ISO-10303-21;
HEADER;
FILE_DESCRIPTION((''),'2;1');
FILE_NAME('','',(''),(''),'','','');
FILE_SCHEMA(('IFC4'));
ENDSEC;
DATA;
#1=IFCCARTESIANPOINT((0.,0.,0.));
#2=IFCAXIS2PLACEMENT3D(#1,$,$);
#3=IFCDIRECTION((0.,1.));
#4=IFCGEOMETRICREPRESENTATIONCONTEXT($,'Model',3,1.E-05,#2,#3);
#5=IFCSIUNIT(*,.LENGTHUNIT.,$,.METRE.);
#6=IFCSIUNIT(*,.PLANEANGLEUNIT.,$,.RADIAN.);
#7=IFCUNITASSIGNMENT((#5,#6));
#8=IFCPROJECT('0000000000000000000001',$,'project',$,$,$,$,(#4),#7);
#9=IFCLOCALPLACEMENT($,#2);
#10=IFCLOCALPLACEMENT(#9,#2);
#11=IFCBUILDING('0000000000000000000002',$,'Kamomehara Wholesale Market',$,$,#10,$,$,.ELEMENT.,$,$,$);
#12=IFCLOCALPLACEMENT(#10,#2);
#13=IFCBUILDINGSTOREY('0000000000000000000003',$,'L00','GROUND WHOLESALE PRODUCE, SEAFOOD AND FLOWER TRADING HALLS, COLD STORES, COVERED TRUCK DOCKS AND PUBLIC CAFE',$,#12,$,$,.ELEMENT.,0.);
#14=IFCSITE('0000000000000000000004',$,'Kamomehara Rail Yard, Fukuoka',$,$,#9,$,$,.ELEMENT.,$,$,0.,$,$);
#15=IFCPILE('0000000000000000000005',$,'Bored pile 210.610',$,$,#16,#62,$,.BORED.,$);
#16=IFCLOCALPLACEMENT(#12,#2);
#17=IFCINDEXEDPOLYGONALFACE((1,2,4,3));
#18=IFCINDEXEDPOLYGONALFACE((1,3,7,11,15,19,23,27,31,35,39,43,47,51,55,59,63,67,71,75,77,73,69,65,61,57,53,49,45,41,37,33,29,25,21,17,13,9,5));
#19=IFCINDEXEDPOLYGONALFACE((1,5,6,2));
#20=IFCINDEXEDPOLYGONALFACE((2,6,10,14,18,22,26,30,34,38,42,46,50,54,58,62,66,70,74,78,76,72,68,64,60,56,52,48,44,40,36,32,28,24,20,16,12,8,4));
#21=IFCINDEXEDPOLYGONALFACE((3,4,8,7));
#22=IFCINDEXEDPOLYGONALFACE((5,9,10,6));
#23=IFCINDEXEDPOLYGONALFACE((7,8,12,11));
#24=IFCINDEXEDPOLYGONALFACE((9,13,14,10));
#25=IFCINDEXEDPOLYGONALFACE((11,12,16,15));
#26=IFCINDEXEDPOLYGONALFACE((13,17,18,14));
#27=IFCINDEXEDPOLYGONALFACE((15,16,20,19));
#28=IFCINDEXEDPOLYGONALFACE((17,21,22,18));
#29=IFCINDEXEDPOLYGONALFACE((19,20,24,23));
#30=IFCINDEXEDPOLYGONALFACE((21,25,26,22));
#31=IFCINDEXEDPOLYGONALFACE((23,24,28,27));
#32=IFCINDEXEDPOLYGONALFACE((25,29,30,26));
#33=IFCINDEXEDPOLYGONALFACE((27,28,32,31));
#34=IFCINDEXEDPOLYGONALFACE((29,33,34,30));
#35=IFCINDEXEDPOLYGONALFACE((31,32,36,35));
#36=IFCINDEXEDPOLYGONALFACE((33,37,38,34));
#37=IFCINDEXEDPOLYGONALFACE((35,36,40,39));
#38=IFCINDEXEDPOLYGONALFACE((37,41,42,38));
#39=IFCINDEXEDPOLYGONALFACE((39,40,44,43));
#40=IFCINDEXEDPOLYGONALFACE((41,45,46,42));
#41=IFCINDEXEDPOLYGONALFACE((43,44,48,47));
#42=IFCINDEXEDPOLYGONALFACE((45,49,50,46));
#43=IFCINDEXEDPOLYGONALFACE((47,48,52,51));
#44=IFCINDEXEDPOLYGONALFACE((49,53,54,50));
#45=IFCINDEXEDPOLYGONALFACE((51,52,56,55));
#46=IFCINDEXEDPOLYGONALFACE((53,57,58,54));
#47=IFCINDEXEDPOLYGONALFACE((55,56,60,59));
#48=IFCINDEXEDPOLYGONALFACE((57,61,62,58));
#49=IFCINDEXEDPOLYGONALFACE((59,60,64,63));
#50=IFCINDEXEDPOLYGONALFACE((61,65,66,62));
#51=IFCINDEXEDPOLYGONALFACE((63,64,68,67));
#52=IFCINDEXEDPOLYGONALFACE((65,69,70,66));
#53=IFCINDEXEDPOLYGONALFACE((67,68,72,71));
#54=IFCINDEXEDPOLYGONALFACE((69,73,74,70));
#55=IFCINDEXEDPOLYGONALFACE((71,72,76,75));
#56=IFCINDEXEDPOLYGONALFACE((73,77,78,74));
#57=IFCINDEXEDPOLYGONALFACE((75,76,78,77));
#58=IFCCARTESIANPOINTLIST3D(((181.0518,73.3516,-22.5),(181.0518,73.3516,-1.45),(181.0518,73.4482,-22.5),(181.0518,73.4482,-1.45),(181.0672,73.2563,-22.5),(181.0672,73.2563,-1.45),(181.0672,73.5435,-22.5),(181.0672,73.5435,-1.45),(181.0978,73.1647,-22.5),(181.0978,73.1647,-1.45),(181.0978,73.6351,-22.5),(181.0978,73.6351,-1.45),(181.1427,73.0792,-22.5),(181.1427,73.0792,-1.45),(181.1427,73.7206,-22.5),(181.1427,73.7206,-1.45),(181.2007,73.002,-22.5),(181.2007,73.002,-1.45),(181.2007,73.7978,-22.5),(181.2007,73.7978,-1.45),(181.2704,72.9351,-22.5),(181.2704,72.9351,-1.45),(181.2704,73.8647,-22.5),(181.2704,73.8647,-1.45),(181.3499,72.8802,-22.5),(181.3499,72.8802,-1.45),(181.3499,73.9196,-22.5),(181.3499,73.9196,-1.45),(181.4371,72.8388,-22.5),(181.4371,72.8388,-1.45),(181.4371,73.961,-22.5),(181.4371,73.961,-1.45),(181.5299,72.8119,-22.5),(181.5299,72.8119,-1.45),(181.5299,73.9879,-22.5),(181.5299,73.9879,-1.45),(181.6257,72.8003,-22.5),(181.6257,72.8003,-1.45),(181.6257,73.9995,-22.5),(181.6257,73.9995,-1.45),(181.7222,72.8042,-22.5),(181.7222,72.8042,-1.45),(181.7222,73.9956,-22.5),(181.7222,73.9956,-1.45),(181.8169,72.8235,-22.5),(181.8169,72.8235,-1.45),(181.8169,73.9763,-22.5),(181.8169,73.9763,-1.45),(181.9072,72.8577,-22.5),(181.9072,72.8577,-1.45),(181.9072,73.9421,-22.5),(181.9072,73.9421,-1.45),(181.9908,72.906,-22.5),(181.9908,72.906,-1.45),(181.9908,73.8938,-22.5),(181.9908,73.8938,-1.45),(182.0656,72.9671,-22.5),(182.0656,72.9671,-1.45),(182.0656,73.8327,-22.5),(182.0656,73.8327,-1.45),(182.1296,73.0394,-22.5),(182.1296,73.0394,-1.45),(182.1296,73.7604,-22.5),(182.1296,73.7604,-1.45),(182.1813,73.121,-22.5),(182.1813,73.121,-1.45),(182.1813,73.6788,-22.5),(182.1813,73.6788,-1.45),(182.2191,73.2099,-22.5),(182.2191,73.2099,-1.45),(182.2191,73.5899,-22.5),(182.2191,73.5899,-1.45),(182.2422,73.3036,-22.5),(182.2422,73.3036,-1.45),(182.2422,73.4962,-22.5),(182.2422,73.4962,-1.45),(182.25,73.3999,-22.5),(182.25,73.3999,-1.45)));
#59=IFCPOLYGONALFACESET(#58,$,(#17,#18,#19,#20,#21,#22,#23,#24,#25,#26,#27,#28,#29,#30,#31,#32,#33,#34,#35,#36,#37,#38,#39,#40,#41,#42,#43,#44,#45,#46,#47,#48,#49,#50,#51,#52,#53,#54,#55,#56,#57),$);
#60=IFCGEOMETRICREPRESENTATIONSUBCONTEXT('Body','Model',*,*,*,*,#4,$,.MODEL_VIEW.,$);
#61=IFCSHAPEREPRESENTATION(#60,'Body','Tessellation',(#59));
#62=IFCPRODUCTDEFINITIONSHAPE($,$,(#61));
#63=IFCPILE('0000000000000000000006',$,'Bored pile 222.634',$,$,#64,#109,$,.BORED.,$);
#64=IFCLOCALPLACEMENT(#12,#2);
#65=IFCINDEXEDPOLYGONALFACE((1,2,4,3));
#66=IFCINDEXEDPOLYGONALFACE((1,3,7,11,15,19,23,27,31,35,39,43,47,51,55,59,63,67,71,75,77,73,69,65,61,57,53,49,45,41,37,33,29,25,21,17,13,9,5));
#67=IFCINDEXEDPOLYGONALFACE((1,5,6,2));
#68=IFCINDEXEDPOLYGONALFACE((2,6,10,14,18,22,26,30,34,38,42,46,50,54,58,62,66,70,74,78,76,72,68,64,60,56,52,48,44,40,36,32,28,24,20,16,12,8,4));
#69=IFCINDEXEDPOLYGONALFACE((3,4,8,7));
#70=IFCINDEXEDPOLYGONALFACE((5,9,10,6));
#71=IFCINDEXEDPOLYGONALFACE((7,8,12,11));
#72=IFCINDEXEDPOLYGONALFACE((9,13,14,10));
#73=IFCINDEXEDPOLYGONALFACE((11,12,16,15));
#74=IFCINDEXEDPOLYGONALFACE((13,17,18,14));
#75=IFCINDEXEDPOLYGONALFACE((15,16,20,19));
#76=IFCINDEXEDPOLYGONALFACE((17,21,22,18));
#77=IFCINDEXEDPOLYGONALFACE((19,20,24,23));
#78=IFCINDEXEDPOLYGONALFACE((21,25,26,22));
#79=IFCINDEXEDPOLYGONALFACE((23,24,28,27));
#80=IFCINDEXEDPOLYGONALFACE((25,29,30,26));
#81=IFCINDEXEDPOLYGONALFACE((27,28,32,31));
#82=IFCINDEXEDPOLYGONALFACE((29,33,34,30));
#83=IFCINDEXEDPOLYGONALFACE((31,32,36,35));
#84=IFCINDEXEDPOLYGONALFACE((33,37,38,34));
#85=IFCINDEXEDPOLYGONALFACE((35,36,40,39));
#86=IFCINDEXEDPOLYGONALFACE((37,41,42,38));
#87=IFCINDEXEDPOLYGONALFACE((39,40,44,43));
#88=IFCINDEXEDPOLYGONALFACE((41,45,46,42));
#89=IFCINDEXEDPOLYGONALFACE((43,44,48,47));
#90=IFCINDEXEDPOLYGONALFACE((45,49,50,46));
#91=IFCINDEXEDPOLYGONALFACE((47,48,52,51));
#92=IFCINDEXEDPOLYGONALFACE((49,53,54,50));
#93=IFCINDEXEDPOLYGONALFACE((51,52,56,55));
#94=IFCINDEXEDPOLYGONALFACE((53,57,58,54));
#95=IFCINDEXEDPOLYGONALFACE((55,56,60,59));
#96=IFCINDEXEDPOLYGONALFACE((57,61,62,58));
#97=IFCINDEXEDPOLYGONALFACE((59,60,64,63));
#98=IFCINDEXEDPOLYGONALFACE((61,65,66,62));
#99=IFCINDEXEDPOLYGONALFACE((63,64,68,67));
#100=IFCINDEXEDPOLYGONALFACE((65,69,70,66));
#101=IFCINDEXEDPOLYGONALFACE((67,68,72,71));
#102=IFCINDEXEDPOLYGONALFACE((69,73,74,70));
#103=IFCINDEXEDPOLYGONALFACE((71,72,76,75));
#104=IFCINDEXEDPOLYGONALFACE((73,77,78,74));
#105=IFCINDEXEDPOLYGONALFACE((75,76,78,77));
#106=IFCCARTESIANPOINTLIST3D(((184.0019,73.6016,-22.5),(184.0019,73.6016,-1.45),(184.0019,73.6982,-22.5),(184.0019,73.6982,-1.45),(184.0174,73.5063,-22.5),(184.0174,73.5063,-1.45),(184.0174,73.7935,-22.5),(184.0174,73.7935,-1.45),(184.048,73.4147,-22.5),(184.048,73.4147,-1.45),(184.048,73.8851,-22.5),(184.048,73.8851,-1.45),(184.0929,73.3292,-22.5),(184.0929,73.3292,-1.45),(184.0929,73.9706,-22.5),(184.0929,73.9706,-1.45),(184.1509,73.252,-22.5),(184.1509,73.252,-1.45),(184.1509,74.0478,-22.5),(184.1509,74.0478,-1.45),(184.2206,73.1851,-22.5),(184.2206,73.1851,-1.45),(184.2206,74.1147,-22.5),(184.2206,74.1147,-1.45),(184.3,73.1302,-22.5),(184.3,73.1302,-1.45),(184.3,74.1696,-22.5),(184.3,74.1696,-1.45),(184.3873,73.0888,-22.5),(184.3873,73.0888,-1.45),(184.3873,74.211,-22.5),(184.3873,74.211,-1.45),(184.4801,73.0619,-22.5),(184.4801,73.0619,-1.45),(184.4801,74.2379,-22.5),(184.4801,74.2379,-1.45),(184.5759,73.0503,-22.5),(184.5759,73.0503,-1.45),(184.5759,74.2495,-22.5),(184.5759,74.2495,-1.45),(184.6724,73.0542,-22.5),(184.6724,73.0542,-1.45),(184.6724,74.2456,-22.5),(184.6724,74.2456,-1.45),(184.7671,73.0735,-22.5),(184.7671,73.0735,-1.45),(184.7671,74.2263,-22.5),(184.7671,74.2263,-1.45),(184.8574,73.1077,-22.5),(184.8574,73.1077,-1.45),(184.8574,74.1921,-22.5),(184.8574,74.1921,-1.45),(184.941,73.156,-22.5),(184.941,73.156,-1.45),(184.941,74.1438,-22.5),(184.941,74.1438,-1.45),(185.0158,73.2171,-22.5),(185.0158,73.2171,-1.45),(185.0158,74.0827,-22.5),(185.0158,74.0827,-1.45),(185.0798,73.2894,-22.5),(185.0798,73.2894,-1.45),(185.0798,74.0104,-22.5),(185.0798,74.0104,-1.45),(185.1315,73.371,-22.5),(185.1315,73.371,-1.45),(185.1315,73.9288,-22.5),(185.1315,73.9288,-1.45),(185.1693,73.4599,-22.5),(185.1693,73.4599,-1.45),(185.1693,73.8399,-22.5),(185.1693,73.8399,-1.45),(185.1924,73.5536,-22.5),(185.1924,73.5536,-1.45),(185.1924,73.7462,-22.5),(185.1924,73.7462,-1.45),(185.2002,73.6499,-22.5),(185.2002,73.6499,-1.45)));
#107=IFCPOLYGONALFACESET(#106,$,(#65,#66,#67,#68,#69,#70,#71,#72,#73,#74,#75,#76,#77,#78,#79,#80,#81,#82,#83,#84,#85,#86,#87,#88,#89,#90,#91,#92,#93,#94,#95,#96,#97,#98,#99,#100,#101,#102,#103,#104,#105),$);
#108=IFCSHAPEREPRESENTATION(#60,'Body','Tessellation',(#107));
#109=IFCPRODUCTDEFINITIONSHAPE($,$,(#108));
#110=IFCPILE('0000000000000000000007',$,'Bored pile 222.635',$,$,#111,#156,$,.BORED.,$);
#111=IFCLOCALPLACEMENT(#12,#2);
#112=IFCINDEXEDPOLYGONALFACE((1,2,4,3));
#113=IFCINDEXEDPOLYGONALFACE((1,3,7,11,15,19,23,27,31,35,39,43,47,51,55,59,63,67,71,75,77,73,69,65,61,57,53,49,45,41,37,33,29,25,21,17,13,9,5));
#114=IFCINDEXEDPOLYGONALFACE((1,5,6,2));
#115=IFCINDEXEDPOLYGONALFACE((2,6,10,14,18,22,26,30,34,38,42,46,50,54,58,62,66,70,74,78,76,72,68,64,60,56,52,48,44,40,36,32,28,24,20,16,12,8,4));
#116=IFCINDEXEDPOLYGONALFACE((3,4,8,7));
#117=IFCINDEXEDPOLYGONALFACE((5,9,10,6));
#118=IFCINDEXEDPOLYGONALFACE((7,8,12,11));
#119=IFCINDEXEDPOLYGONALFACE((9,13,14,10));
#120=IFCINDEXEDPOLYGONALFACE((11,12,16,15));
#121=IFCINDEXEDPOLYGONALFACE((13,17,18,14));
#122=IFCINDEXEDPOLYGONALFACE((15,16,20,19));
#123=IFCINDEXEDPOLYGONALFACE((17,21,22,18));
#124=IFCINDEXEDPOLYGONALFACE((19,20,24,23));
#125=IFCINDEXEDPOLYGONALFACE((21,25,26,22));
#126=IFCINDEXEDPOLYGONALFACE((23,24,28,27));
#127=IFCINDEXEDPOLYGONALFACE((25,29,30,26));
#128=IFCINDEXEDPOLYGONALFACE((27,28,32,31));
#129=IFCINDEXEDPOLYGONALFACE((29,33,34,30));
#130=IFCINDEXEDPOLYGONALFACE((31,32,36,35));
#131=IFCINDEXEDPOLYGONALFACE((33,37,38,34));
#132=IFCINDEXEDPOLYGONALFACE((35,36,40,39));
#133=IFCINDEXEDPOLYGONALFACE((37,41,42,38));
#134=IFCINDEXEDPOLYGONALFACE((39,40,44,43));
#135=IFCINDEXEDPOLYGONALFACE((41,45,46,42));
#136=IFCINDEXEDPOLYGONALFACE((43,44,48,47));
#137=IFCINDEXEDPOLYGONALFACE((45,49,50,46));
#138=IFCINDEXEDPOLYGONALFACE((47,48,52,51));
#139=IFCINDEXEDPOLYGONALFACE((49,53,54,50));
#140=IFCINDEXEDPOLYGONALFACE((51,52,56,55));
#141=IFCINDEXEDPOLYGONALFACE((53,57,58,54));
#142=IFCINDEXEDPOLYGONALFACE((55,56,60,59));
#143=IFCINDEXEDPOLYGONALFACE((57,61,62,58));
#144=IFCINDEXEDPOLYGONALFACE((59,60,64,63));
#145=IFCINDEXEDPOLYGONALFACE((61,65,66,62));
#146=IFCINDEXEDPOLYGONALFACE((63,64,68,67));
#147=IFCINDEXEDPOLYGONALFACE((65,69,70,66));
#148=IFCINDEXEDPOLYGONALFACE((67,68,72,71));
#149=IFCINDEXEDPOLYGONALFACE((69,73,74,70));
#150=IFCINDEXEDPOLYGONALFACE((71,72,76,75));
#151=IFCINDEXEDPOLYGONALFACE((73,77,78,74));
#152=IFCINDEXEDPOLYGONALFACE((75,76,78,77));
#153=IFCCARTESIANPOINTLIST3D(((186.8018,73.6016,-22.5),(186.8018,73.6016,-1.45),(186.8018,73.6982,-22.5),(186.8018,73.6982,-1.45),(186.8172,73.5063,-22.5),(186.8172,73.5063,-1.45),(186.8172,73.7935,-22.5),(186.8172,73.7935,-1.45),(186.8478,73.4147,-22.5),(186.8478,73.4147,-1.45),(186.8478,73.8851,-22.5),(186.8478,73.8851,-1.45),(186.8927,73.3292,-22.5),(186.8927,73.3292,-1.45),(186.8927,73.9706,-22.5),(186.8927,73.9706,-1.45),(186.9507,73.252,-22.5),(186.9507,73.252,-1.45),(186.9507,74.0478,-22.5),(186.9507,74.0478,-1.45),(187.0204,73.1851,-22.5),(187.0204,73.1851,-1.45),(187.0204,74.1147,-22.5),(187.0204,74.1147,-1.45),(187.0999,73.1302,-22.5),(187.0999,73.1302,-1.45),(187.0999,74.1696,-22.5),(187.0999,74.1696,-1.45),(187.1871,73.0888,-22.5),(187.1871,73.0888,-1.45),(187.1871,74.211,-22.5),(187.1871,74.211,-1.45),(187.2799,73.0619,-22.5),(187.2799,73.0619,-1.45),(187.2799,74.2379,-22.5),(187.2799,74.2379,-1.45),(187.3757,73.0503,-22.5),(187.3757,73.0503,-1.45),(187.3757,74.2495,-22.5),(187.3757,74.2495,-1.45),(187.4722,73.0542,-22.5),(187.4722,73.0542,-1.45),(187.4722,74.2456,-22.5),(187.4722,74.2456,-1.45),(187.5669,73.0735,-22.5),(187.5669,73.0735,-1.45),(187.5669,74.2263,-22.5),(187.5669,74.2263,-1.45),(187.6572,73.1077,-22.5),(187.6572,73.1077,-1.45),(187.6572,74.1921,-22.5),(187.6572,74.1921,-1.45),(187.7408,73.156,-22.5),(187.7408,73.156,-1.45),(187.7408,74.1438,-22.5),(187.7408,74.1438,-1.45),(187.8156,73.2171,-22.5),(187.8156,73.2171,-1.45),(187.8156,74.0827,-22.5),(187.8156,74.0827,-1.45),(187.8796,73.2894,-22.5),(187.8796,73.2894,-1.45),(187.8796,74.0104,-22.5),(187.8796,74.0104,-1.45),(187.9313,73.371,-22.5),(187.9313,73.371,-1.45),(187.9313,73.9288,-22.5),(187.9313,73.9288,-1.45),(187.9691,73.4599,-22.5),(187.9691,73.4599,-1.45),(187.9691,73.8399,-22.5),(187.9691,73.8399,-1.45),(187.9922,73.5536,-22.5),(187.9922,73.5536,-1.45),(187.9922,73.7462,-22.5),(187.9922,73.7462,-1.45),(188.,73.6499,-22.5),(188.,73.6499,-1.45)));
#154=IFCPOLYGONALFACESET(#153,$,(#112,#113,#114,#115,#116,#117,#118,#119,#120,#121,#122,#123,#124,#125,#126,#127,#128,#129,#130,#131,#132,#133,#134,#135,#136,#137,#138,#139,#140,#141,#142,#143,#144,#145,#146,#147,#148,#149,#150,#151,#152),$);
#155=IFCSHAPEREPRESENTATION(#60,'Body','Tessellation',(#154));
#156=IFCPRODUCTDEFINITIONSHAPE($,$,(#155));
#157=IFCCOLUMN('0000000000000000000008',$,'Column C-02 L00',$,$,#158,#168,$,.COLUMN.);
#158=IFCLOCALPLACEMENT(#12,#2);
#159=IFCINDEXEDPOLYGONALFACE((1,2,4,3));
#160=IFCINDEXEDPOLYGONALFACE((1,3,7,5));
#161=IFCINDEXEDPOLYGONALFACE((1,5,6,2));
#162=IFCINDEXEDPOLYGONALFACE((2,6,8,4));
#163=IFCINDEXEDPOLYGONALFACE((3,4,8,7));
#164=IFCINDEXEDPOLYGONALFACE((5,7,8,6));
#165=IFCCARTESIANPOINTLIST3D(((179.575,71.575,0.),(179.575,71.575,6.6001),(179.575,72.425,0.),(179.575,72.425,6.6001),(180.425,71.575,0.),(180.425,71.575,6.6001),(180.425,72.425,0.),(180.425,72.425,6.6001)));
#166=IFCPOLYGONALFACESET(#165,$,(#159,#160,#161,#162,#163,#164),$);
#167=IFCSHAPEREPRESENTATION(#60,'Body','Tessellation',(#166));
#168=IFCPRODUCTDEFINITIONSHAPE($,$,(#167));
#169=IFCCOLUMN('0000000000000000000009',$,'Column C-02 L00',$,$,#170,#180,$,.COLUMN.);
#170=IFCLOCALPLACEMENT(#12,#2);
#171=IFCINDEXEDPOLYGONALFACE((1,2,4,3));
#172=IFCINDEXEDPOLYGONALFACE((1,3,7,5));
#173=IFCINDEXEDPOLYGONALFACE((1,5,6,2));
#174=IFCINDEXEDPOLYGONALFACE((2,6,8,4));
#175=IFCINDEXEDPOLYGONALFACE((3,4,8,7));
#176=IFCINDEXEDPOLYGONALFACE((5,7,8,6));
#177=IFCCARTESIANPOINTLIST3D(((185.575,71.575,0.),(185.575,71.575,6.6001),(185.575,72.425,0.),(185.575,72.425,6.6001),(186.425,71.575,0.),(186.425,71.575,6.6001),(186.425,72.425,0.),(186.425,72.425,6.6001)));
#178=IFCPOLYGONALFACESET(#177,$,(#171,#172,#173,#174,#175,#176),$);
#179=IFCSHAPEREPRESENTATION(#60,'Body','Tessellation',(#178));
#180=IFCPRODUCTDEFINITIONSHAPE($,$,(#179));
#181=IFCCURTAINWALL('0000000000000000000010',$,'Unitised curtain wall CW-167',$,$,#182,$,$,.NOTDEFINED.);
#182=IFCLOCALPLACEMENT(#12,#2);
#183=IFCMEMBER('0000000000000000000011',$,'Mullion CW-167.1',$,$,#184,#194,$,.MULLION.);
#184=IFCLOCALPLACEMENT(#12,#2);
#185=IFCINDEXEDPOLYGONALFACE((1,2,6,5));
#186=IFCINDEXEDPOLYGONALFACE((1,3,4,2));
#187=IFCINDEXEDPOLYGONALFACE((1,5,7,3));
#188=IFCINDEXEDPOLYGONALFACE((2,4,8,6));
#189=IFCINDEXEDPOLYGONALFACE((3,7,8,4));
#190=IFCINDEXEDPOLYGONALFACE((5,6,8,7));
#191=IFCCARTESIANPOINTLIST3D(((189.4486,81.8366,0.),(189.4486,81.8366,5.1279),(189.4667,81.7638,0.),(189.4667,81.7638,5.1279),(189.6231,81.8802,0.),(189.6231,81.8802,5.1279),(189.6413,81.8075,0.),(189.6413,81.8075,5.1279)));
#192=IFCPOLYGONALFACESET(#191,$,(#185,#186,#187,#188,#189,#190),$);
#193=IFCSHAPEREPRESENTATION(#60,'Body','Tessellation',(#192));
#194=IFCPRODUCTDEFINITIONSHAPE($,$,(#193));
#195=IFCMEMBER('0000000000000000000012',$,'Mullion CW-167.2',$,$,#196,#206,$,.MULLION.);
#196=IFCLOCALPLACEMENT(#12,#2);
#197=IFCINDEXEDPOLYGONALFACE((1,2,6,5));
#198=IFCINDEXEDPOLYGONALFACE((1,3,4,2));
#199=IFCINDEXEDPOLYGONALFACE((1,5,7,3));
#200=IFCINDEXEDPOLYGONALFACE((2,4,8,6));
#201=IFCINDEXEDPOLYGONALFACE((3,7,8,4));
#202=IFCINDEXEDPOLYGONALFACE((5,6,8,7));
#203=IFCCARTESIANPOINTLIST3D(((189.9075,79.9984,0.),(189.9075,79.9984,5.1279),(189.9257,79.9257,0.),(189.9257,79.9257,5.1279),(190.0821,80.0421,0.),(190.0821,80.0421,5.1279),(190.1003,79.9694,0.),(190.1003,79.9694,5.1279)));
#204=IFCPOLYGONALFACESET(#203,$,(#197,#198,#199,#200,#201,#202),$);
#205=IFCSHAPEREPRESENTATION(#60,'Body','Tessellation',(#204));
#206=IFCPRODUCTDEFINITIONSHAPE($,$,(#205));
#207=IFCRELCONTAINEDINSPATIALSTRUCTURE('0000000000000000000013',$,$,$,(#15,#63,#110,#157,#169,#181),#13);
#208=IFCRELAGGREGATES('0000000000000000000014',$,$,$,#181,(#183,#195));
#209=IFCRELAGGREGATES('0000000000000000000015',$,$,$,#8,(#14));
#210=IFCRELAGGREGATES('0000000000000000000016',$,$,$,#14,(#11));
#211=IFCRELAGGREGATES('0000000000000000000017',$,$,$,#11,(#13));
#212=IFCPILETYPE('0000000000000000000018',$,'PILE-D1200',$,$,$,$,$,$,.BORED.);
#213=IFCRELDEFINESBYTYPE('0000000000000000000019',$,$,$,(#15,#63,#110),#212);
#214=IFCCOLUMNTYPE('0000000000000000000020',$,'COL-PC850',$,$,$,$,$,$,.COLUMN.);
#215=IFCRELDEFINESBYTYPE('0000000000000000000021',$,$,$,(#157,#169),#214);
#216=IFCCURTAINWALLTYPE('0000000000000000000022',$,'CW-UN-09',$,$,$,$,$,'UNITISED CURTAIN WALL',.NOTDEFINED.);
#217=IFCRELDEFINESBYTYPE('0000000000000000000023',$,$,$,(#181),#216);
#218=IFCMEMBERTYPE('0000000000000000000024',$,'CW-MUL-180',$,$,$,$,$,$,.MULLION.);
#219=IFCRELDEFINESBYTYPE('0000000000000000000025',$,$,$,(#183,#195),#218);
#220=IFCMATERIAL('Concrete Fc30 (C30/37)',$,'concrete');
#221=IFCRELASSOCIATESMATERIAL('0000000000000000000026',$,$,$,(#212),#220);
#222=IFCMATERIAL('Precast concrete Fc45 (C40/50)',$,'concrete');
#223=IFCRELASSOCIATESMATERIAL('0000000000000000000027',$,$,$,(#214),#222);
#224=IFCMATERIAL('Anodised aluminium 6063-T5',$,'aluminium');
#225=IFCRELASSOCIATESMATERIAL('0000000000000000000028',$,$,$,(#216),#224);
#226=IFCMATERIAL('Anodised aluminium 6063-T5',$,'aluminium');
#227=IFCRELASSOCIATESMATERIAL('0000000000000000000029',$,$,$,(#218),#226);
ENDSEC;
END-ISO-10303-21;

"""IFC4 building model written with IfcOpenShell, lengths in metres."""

from ifc_helpers import new_model, si_unit, direction, frame, origin, origin_2d, place, context, subcontext, project, spatial, rectangle, circle, extrude, material, material_profile, profile_set, type_object, element, aggregate, save


model = new_model("IFC4")

# Units and contexts
model_context = context("Model", 3, precision=1e-05, world=origin(), true_north=direction((0.0, 1.0)))
body_context = subcontext(model_context, "Body", "Model", "MODEL_VIEW")
ifc_project = project(units=[si_unit("LENGTHUNIT", "METRE"), si_unit("PLANEANGLEUNIT", "RADIAN")], contexts=[model_context])

# Site, building, storey
site_placement = place(None, origin())
site = spatial("IfcSite", under=ifc_project, at=site_placement, Name="Kamomehara Rail Yard, Fukuoka", CompositionType="ELEMENT", RefElevation=0.0)
building_placement = place(site_placement, origin())
building = spatial("IfcBuilding", under=site, at=building_placement, Name="Kamomehara Wholesale Market", CompositionType="ELEMENT")
storey_placement = place(building_placement, origin())
storey = spatial("IfcBuildingStorey", under=building, at=storey_placement, Name="L00", Description="GROUND WHOLESALE PRODUCE, SEAFOOD AND FLOWER TRADING HALLS, COLD STORES, COVERED TRUCK DOCKS AND PUBLIC CAFE", CompositionType="ELEMENT", Elevation=0.0)

# Piles
ifc_material_1 = material(Name="Concrete Fc30 (C30/37)", Category="concrete")
ifc_material_profile_1 = material_profile(ifc_material_1, circle(Radius=0.6001, at=origin_2d()), Name="RC-PILE-D1200")
ifc_profile_set_1 = profile_set([ifc_material_profile_1], Name="Concrete Fc30 (C30/37)")
pile_type_1 = type_object("IfcPileType", Name="PILE-D1200", PredefinedType="BORED", material=ifc_profile_set_1)
for number, where, z_axis, x_axis, name in (
    (1, (181.6499, 73.3999, -1.45), (0.0, 0.0, -1.0), (1.0, 0.0, 0.0), "Bored pile 210.610"),
    (2, (184.6001, 73.6499, -1.45), (0.0, 0.0, -1.0), (1.0, 0.0, 0.0), "Bored pile 222.634"),
    (3, (187.3999, 73.6499, -1.45), (0.0, 0.0, -1.0), (1.0, 0.0, 0.0), "Bored pile 222.635"),
):
    element("IfcPile", number, at=place(storey_placement, frame(where, z_axis=z_axis, x_axis=x_axis)), inside=storey, type_object=pile_type_1, Name=name, PredefinedType="BORED", context=body_context, shape_type="SweptSolid", body=[
        extrude(circle(Radius=0.6001, at=origin_2d()), origin(), (0.0, 0.0, 1.0), 21.05),
    ])

# Columns
ifc_material_2 = material(Name="Precast concrete Fc45 (C40/50)", Category="concrete")
ifc_material_profile_2 = material_profile(ifc_material_2, rectangle(XDim=0.8501, YDim=0.8501, at=origin_2d()), Name="PC-COL-850x850")
ifc_profile_set_2 = profile_set([ifc_material_profile_2], Name="Precast concrete Fc45 (C40/50)")
column_type = type_object("IfcColumnType", Name="COL-PC850", PredefinedType="COLUMN", material=ifc_profile_set_2)
for number, where, z_axis, x_axis, name in (
    (4, (180.0, 72.0, 0.0), (0.0, 0.0, 1.0), (1.0, 0.0, 0.0), "Column C-02 L00"),
    (5, (186.0, 72.0, 0.0), (0.0, 0.0, 1.0), (1.0, 0.0, 0.0), "Column C-02 L00"),
):
    element("IfcColumn", number, at=place(storey_placement, frame(where, z_axis=z_axis, x_axis=x_axis)), inside=storey, type_object=column_type, Name=name, PredefinedType="COLUMN", context=body_context, shape_type="SweptSolid", body=[
        extrude(rectangle(XDim=0.8501, YDim=0.8501, at=origin_2d()), origin(), (0.0, 0.0, 1.0), 6.6001),
    ])

# Curtain wall, members
ifc_material_3 = material(Name="Anodised aluminium 6063-T5", Category="aluminium")
curtain_wall_type = type_object("IfcCurtainWallType", Name="CW-UN-09", ElementType="UNITISED CURTAIN WALL", PredefinedType="NOTDEFINED", material=ifc_material_3)
curtain_wall_placement = place(storey_placement, origin())
curtain_wall = element("IfcCurtainWall", 6, at=curtain_wall_placement, inside=storey, type_object=curtain_wall_type, Name="Unitised curtain wall CW-167", PredefinedType="NOTDEFINED")
ifc_material_4 = material(Name="Anodised aluminium 6063-T5", Category="aluminium")
ifc_material_profile_3 = material_profile(ifc_material_4, rectangle(XDim=0.075, YDim=0.1799, at=origin_2d()), Name="ALU-MUL-75x180")
ifc_profile_set_3 = profile_set([ifc_material_profile_3], Name="Anodised aluminium 6063-T5")
member_type = type_object("IfcMemberType", Name="CW-MUL-180", PredefinedType="MULLION", material=ifc_profile_set_3)
member_1_placement = place(storey_placement, frame((189.5449, 81.822, 0.0), z_axis=(0.0, 0.0, 1.0), x_axis=(0.242618, -0.970122, 0.0)))
member_1 = element("IfcMember", 7, at=member_1_placement, type_object=member_type, Name="Mullion CW-167.1", PredefinedType="MULLION", context=body_context, shape_type="SweptSolid", body=[
    extrude(rectangle(XDim=0.075, YDim=0.1799, at=origin_2d()), origin(), (0.0, 0.0, 1.0), 5.1279),
])
member_2_placement = place(storey_placement, frame((190.0039, 79.9839, 0.0), z_axis=(0.0, 0.0, 1.0), x_axis=(0.242618, -0.970122, 0.0)))
member_2 = element("IfcMember", 8, at=member_2_placement, type_object=member_type, Name="Mullion CW-167.2", PredefinedType="MULLION", context=body_context, shape_type="SweptSolid", body=[
    extrude(rectangle(XDim=0.075, YDim=0.1799, at=origin_2d()), origin(), (0.0, 0.0, 1.0), 5.1279),
])
aggregate(curtain_wall, [member_1, member_2])

save(model, "model.ifc")
